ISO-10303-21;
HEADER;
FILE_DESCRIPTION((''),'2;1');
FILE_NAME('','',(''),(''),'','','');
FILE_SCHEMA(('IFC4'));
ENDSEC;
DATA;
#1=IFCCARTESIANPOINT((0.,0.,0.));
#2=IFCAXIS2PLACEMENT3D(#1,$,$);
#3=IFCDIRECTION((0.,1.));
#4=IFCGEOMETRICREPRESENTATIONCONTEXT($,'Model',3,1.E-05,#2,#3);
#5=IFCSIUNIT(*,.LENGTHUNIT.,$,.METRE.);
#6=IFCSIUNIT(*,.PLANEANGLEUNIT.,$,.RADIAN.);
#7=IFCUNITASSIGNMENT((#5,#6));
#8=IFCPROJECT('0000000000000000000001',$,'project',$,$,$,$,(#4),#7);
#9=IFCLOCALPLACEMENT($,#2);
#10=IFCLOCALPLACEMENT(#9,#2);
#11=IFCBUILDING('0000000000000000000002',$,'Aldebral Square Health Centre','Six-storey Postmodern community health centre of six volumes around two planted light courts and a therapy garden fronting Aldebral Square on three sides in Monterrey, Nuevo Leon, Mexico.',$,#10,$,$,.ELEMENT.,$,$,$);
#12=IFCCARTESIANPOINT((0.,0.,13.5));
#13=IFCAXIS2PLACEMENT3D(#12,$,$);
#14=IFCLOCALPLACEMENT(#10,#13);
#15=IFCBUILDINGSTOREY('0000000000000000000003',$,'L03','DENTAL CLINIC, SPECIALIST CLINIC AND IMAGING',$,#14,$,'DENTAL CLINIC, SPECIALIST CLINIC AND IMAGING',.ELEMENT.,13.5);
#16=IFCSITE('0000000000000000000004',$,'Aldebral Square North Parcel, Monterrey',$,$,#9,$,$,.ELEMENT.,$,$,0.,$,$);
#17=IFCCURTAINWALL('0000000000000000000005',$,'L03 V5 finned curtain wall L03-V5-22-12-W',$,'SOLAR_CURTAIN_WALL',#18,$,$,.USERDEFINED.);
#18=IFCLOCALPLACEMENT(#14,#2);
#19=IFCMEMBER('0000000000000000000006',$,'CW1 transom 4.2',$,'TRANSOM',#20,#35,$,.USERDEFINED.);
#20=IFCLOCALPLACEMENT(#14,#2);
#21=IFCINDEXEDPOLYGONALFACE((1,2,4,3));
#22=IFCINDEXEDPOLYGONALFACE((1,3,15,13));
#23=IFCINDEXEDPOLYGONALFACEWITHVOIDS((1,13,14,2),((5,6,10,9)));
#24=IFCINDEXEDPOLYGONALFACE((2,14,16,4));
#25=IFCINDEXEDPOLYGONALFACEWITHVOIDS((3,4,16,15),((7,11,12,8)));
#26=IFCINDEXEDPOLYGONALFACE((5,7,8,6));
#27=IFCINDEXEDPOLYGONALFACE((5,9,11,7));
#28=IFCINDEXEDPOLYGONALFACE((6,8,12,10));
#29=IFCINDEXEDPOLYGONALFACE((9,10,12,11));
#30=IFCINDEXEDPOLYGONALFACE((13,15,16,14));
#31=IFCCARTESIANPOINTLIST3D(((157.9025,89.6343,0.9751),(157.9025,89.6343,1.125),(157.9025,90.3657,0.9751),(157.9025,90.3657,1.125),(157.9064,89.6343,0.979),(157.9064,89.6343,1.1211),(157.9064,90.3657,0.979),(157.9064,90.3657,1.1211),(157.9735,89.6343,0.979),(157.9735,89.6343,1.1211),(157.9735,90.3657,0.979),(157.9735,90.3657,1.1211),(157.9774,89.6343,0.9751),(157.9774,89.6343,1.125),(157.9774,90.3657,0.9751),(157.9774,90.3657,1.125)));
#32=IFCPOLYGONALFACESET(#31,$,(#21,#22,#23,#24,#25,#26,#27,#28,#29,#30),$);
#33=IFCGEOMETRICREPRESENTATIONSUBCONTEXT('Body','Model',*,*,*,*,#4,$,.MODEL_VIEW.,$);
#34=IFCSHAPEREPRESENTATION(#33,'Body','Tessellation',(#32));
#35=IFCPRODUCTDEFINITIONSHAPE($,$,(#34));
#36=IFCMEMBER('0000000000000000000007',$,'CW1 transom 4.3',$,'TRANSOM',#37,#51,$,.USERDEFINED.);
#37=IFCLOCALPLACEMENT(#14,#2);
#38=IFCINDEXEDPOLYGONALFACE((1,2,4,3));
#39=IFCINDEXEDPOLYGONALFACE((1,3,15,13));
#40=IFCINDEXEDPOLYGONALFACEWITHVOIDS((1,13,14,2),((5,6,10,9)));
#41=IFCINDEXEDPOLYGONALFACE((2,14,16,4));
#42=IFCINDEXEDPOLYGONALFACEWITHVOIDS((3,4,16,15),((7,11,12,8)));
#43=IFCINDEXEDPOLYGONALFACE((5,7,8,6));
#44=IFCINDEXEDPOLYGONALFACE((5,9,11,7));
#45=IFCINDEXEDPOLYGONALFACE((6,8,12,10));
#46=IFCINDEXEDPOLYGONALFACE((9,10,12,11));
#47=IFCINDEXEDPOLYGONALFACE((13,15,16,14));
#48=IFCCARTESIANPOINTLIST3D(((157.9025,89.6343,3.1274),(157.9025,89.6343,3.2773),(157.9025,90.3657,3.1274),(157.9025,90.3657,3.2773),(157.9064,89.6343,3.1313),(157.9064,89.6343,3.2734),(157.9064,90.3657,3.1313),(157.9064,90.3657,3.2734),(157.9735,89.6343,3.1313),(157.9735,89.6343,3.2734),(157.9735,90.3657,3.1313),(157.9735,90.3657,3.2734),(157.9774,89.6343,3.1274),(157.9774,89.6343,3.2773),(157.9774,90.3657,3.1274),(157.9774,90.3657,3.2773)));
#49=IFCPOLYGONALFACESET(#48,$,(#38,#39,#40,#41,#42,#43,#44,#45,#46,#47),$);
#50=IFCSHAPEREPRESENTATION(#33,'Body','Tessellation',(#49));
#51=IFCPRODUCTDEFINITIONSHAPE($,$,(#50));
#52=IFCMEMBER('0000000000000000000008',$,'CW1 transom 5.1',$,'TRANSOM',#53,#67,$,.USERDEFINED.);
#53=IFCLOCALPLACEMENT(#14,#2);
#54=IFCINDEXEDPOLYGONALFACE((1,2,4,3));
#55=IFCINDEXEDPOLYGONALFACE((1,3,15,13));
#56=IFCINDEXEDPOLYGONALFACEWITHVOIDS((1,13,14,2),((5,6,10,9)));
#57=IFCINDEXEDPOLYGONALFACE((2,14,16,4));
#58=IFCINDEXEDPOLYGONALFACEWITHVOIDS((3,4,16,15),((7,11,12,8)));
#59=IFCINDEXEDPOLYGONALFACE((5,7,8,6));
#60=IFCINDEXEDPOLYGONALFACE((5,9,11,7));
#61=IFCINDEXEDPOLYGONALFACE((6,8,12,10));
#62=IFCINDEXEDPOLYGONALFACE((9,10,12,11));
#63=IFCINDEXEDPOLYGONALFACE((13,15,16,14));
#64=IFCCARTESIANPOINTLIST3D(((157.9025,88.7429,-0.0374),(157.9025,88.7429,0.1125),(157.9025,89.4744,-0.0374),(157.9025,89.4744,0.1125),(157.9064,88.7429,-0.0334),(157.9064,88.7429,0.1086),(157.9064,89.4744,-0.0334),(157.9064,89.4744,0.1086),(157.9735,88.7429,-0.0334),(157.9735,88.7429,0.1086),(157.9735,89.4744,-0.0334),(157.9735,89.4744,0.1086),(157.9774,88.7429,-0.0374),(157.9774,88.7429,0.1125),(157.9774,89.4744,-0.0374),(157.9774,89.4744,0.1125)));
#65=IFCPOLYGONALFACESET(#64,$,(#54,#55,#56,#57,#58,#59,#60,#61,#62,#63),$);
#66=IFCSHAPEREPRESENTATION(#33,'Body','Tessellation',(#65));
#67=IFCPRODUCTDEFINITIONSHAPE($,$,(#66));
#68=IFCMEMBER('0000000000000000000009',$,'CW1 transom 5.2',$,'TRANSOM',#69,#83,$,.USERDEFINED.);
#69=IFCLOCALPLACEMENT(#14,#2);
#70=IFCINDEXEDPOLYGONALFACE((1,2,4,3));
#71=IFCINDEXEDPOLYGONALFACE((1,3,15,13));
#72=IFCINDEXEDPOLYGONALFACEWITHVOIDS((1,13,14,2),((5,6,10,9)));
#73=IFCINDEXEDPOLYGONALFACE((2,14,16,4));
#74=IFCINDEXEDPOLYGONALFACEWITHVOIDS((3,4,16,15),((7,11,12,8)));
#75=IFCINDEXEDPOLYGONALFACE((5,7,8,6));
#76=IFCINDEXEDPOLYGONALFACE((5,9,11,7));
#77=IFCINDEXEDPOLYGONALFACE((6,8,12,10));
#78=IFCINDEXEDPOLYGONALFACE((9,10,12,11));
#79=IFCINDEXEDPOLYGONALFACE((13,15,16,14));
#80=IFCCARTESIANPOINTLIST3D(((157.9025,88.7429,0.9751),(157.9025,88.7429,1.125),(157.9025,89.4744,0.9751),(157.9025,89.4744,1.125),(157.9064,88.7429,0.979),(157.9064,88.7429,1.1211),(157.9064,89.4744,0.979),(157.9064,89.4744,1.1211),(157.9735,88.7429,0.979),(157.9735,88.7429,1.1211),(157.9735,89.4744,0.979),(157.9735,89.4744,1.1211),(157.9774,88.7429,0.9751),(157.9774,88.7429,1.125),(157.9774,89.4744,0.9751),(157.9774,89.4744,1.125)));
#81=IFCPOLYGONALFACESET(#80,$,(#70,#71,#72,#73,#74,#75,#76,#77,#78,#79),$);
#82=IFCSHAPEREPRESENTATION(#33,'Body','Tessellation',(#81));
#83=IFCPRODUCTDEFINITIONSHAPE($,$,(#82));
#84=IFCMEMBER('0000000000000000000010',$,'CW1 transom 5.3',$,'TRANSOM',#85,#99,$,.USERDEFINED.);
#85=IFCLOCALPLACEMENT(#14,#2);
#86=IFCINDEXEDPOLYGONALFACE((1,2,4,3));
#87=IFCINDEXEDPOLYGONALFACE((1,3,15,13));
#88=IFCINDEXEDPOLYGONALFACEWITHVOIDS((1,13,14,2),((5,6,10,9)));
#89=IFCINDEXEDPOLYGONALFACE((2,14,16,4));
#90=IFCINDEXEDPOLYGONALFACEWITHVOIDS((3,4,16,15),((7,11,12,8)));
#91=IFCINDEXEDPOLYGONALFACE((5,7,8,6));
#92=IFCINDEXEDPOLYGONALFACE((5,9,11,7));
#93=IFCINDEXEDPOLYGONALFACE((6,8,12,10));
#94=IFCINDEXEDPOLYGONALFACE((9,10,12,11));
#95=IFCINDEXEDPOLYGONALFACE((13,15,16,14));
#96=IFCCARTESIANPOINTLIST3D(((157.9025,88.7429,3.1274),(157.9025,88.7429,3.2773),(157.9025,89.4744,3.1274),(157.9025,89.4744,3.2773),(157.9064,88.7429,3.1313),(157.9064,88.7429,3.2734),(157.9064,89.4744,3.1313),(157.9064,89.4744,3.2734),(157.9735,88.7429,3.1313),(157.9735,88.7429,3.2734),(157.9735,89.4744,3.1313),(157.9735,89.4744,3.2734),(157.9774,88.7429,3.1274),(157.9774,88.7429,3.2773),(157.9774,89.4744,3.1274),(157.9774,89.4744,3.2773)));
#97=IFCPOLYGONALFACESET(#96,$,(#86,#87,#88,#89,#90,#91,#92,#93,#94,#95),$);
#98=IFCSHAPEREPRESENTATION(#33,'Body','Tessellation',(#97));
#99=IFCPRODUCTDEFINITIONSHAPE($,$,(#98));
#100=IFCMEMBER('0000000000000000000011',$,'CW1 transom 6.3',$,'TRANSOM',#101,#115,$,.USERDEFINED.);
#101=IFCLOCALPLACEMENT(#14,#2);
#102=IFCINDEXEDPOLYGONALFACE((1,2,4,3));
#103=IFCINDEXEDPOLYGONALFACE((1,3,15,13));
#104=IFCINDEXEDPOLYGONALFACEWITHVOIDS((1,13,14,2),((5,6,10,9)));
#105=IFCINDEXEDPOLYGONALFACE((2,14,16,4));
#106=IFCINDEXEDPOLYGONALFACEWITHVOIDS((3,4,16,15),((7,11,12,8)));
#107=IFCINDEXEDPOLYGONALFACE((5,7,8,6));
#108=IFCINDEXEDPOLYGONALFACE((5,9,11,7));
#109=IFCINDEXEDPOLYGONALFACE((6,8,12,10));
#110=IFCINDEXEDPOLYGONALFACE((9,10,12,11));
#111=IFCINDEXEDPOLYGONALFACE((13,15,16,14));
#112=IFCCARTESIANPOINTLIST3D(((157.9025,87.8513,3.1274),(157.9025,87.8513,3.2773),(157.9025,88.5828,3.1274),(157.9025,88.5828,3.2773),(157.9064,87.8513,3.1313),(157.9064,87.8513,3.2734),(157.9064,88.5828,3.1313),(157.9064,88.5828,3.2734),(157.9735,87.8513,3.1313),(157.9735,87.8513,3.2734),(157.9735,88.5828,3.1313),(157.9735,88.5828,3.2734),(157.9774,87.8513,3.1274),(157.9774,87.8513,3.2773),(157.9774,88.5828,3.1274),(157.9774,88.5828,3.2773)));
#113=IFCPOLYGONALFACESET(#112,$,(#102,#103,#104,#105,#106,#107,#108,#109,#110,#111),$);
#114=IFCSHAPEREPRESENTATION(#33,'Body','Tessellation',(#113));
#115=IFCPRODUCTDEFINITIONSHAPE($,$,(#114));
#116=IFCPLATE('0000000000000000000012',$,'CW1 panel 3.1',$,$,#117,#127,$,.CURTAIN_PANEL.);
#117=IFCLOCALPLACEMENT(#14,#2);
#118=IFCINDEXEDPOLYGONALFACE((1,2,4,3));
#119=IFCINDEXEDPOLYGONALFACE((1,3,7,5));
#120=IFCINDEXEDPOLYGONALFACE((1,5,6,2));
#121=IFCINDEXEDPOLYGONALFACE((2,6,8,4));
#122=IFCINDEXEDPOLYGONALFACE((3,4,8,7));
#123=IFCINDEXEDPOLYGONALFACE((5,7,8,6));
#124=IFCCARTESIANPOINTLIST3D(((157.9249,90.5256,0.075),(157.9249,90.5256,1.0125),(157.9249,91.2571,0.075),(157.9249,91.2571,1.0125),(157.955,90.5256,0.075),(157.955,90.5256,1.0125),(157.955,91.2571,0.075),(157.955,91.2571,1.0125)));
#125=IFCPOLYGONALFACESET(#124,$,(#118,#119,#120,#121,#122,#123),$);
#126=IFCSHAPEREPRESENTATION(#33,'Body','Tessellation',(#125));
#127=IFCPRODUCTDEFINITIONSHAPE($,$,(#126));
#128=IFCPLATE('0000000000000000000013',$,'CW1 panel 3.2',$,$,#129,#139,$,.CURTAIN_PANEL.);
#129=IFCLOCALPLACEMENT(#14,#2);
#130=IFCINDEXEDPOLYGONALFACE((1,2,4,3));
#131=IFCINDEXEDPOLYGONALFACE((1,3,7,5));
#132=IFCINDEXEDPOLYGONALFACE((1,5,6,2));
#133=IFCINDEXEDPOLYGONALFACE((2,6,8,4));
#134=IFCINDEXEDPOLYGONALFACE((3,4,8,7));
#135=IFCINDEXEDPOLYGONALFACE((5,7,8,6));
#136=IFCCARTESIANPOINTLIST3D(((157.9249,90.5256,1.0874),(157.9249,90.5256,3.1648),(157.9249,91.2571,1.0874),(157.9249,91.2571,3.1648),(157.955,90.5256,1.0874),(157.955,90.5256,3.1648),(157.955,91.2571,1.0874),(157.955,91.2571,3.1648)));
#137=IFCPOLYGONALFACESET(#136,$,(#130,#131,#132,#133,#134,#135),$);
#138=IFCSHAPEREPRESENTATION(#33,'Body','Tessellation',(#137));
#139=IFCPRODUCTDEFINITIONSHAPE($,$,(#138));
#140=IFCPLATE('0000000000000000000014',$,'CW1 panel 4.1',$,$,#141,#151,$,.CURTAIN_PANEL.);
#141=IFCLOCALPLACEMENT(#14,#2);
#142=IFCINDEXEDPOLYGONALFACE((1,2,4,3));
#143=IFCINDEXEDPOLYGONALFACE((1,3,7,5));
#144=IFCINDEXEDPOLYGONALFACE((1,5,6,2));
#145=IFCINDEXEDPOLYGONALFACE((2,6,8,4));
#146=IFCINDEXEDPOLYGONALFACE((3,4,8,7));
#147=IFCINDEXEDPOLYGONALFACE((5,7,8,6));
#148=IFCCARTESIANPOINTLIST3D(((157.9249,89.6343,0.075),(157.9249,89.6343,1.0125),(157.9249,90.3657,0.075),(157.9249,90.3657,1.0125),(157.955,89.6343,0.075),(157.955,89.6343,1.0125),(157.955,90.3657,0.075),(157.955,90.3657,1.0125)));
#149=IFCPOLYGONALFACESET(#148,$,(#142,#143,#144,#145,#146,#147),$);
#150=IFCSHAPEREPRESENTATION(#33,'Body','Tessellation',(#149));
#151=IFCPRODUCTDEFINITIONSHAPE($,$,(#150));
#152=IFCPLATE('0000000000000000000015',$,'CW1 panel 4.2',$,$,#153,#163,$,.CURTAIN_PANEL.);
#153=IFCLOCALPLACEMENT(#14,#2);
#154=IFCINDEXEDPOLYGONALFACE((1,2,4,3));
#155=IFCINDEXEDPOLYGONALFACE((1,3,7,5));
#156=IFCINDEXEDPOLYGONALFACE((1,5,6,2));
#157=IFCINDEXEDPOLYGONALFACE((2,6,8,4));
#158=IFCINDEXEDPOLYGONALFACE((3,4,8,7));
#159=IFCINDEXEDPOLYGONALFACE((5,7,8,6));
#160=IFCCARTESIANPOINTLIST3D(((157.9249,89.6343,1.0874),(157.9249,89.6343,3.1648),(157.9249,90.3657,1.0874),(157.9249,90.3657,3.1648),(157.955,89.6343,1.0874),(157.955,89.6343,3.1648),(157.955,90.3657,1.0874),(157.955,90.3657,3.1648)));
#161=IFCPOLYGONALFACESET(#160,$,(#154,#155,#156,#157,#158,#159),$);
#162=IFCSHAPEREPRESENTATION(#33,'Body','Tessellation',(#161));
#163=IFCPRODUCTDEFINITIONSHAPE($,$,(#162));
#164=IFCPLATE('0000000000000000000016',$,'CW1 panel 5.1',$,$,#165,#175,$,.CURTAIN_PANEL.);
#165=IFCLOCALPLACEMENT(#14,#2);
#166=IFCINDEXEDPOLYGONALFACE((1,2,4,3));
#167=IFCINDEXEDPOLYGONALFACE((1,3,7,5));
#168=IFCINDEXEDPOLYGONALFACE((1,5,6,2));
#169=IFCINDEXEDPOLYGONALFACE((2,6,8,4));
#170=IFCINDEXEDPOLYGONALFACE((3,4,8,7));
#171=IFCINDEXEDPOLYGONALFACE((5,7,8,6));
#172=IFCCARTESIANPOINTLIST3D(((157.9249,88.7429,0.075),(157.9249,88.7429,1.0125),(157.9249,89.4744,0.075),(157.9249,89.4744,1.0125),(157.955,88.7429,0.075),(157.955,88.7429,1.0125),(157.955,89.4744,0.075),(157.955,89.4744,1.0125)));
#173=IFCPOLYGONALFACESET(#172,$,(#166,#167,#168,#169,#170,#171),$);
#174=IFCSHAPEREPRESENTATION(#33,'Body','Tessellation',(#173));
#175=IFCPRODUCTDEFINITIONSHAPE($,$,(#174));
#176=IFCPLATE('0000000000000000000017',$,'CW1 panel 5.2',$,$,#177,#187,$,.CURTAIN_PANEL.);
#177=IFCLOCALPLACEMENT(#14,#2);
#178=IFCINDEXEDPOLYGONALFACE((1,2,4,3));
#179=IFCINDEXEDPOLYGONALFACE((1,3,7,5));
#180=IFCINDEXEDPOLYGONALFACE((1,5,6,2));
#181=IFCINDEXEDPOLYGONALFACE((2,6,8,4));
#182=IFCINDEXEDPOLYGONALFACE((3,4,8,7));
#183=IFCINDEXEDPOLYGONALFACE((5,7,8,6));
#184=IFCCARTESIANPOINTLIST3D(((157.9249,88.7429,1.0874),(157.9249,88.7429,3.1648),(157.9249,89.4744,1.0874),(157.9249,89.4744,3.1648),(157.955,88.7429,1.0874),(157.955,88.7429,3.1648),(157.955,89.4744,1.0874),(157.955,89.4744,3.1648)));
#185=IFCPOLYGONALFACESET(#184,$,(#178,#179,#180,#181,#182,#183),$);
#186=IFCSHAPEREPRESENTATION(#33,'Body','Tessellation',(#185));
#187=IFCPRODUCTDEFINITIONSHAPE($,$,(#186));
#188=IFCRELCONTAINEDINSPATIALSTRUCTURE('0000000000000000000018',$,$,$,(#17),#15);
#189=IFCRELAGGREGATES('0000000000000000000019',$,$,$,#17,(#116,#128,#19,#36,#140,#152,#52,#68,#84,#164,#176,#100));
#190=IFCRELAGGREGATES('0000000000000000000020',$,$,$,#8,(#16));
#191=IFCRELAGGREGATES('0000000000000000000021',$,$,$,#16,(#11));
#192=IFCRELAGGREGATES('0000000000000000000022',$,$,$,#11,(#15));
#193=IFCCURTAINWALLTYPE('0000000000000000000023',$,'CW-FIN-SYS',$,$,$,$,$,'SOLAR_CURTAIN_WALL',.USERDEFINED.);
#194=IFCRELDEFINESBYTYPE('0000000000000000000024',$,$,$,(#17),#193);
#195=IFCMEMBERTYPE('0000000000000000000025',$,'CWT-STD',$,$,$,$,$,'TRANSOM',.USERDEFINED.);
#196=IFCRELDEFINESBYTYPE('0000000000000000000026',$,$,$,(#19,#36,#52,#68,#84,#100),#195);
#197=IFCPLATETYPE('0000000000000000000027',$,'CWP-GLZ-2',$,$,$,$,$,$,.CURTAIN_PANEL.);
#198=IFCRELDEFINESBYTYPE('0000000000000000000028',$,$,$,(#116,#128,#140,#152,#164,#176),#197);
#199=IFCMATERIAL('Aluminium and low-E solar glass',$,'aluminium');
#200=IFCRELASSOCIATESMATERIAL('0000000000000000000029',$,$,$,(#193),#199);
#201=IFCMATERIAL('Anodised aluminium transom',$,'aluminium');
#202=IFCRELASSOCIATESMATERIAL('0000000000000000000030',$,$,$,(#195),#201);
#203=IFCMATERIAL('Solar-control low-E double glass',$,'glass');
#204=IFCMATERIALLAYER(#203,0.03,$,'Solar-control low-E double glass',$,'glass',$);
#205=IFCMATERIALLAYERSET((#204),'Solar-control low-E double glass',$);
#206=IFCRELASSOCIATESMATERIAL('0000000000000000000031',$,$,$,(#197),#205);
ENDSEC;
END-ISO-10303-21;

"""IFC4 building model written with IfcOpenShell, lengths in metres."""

from ifc_helpers import new_model, si_unit, direction, frame, origin, origin_2d, place, context, subcontext, project, spatial, rectangle, hollow_rectangle, extrude, material, layer, layer_set, material_profile, profile_set, type_object, element, aggregate, save


model = new_model("IFC4")

# Units and contexts
model_context = context("Model", 3, precision=1e-05, world=origin(), true_north=direction((0.0, 1.0)))
body_context = subcontext(model_context, "Body", "Model", "MODEL_VIEW")
ifc_project = project(units=[si_unit("LENGTHUNIT", "METRE"), si_unit("PLANEANGLEUNIT", "RADIAN")], contexts=[model_context])

# Site, building, storey
site_placement = place(None, origin())
site = spatial("IfcSite", under=ifc_project, at=site_placement, Name="Aldebral Square North Parcel, Monterrey", CompositionType="ELEMENT", RefElevation=0.0)
building_placement = place(site_placement, origin())
building = spatial("IfcBuilding", under=site, at=building_placement, Name="Aldebral Square Health Centre", Description="Six-storey Postmodern community health centre of six volumes around two planted light courts and a therapy garden fronting Aldebral Square on three sides in Monterrey, Nuevo Leon, Mexico.", CompositionType="ELEMENT")
storey_placement = place(building_placement, frame((0.0, 0.0, 13.5)))
storey = spatial("IfcBuildingStorey", under=building, at=storey_placement, Name="L03", Description="DENTAL CLINIC, SPECIALIST CLINIC AND IMAGING", LongName="DENTAL CLINIC, SPECIALIST CLINIC AND IMAGING", CompositionType="ELEMENT", Elevation=13.5)

# Curtain wall
ifc_material_1 = material(Name="Aluminium and low-E solar glass", Category="aluminium")
curtain_wall_type = type_object("IfcCurtainWallType", Name="CW-FIN-SYS", ElementType="SOLAR_CURTAIN_WALL", PredefinedType="USERDEFINED", material=ifc_material_1)
curtain_wall_1_placement = place(storey_placement, origin())
curtain_wall_1 = element("IfcCurtainWall", 1, at=curtain_wall_1_placement, inside=storey, type_object=curtain_wall_type, Name="L03 V5 finned curtain wall L03-V5-22-12-W", ObjectType="SOLAR_CURTAIN_WALL", PredefinedType="USERDEFINED")
ifc_material_2 = material(Name="Anodised aluminium transom", Category="aluminium")
ifc_material_profile_1 = material_profile(ifc_material_2, hollow_rectangle(XDim=0.075, YDim=0.1499, WallThickness=0.0039, at=origin_2d()), Name="CWT 75x150x4")
ifc_profile_set_1 = profile_set([ifc_material_profile_1], Name="Anodised aluminium transom")
member_type_1 = type_object("IfcMemberType", Name="CWT-STD", ElementType="TRANSOM", PredefinedType="USERDEFINED", material=ifc_profile_set_1)

# Members
member_1_placement = place(storey_placement, frame((157.9399, 90.3657, 1.05), z_axis=(0.0, -1.0, 0.0), x_axis=(1.0, 0.0, 0.0)))
member_1 = element("IfcMember", 2, at=member_1_placement, type_object=member_type_1, Name="CW1 transom 4.2", ObjectType="TRANSOM", PredefinedType="USERDEFINED", context=body_context, shape_type="SweptSolid", body=[
    extrude(hollow_rectangle(XDim=0.075, YDim=0.1499, WallThickness=0.0039, at=origin_2d()), origin(), (0.0, 0.0, 1.0), 0.7314),
])
member_2_placement = place(storey_placement, frame((157.9399, 90.3657, 3.2024), z_axis=(0.0, -1.0, 0.0), x_axis=(1.0, 0.0, 0.0)))
member_2 = element("IfcMember", 3, at=member_2_placement, type_object=member_type_1, Name="CW1 transom 4.3", ObjectType="TRANSOM", PredefinedType="USERDEFINED", context=body_context, shape_type="SweptSolid", body=[
    extrude(hollow_rectangle(XDim=0.075, YDim=0.1499, WallThickness=0.0039, at=origin_2d()), origin(), (0.0, 0.0, 1.0), 0.7314),
])
member_3_placement = place(storey_placement, frame((157.9399, 89.4744, 0.0376), z_axis=(0.0, -1.0, 0.0), x_axis=(1.0, 0.0, 0.0)))
member_3 = element("IfcMember", 4, at=member_3_placement, type_object=member_type_1, Name="CW1 transom 5.1", ObjectType="TRANSOM", PredefinedType="USERDEFINED", context=body_context, shape_type="SweptSolid", body=[
    extrude(hollow_rectangle(XDim=0.075, YDim=0.1499, WallThickness=0.0039, at=origin_2d()), origin(), (0.0, 0.0, 1.0), 0.7314),
])
member_4_placement = place(storey_placement, frame((157.9399, 89.4744, 1.05), z_axis=(0.0, -1.0, 0.0), x_axis=(1.0, 0.0, 0.0)))
member_4 = element("IfcMember", 5, at=member_4_placement, type_object=member_type_1, Name="CW1 transom 5.2", ObjectType="TRANSOM", PredefinedType="USERDEFINED", context=body_context, shape_type="SweptSolid", body=[
    extrude(hollow_rectangle(XDim=0.075, YDim=0.1499, WallThickness=0.0039, at=origin_2d()), origin(), (0.0, 0.0, 1.0), 0.7314),
])
member_5_placement = place(storey_placement, frame((157.9399, 89.4744, 3.2024), z_axis=(0.0, -1.0, 0.0), x_axis=(1.0, 0.0, 0.0)))
member_5 = element("IfcMember", 6, at=member_5_placement, type_object=member_type_1, Name="CW1 transom 5.3", ObjectType="TRANSOM", PredefinedType="USERDEFINED", context=body_context, shape_type="SweptSolid", body=[
    extrude(hollow_rectangle(XDim=0.075, YDim=0.1499, WallThickness=0.0039, at=origin_2d()), origin(), (0.0, 0.0, 1.0), 0.7314),
])
member_6_placement = place(storey_placement, frame((157.9399, 88.5828, 3.2024), z_axis=(0.0, -1.0, 0.0), x_axis=(1.0, 0.0, 0.0)))
member_6 = element("IfcMember", 7, at=member_6_placement, type_object=member_type_1, Name="CW1 transom 6.3", ObjectType="TRANSOM", PredefinedType="USERDEFINED", context=body_context, shape_type="SweptSolid", body=[
    extrude(hollow_rectangle(XDim=0.075, YDim=0.1499, WallThickness=0.0039, at=origin_2d()), origin(), (0.0, 0.0, 1.0), 0.7314),
])

# Plates
ifc_material_3 = material(Name="Solar-control low-E double glass", Category="glass")
ifc_layer_1 = layer(ifc_material_3, 0.03, Name="Solar-control low-E double glass", Category="glass")
ifc_layer_set_1 = layer_set([ifc_layer_1], Name="Solar-control low-E double glass")
plate_type_1 = type_object("IfcPlateType", Name="CWP-GLZ-2", PredefinedType="CURTAIN_PANEL", material=ifc_layer_set_1)
plate_1_placement = place(storey_placement, frame((157.9399, 90.8914, 0.075), z_axis=(0.0, 0.0, 1.0), x_axis=(0.0, -1.0, 0.0)))
plate_1 = element("IfcPlate", 8, at=plate_1_placement, type_object=plate_type_1, Name="CW1 panel 3.1", PredefinedType="CURTAIN_PANEL", context=body_context, shape_type="SweptSolid", body=[
    extrude(rectangle(XDim=0.7314, YDim=0.03, at=origin_2d()), origin(), (0.0, 0.0, 1.0), 0.9375),
])
plate_2_placement = place(storey_placement, frame((157.9399, 90.8914, 1.0874), z_axis=(0.0, 0.0, 1.0), x_axis=(0.0, -1.0, 0.0)))
plate_2 = element("IfcPlate", 9, at=plate_2_placement, type_object=plate_type_1, Name="CW1 panel 3.2", PredefinedType="CURTAIN_PANEL", context=body_context, shape_type="SweptSolid", body=[
    extrude(rectangle(XDim=0.7314, YDim=0.03, at=origin_2d()), origin(), (0.0, 0.0, 1.0), 2.0774),
])
plate_3_placement = place(storey_placement, frame((157.9399, 90.0, 0.075), z_axis=(0.0, 0.0, 1.0), x_axis=(0.0, -1.0, 0.0)))
plate_3 = element("IfcPlate", 10, at=plate_3_placement, type_object=plate_type_1, Name="CW1 panel 4.1", PredefinedType="CURTAIN_PANEL", context=body_context, shape_type="SweptSolid", body=[
    extrude(rectangle(XDim=0.7314, YDim=0.03, at=origin_2d()), origin(), (0.0, 0.0, 1.0), 0.9375),
])
plate_4_placement = place(storey_placement, frame((157.9399, 90.0, 1.0874), z_axis=(0.0, 0.0, 1.0), x_axis=(0.0, -1.0, 0.0)))
plate_4 = element("IfcPlate", 11, at=plate_4_placement, type_object=plate_type_1, Name="CW1 panel 4.2", PredefinedType="CURTAIN_PANEL", context=body_context, shape_type="SweptSolid", body=[
    extrude(rectangle(XDim=0.7314, YDim=0.03, at=origin_2d()), origin(), (0.0, 0.0, 1.0), 2.0774),
])
plate_5_placement = place(storey_placement, frame((157.9399, 89.1086, 0.075), z_axis=(0.0, 0.0, 1.0), x_axis=(0.0, -1.0, 0.0)))
plate_5 = element("IfcPlate", 12, at=plate_5_placement, type_object=plate_type_1, Name="CW1 panel 5.1", PredefinedType="CURTAIN_PANEL", context=body_context, shape_type="SweptSolid", body=[
    extrude(rectangle(XDim=0.7314, YDim=0.03, at=origin_2d()), origin(), (0.0, 0.0, 1.0), 0.9375),
])
plate_6_placement = place(storey_placement, frame((157.9399, 89.1086, 1.0874), z_axis=(0.0, 0.0, 1.0), x_axis=(0.0, -1.0, 0.0)))
plate_6 = element("IfcPlate", 13, at=plate_6_placement, type_object=plate_type_1, Name="CW1 panel 5.2", PredefinedType="CURTAIN_PANEL", context=body_context, shape_type="SweptSolid", body=[
    extrude(rectangle(XDim=0.7314, YDim=0.03, at=origin_2d()), origin(), (0.0, 0.0, 1.0), 2.0774),
])
aggregate(curtain_wall_1, [plate_1, plate_2, member_1, member_2, plate_3, plate_4, member_3, member_4, member_5, plate_5, plate_6, member_6])

save(model, "model.ifc")
